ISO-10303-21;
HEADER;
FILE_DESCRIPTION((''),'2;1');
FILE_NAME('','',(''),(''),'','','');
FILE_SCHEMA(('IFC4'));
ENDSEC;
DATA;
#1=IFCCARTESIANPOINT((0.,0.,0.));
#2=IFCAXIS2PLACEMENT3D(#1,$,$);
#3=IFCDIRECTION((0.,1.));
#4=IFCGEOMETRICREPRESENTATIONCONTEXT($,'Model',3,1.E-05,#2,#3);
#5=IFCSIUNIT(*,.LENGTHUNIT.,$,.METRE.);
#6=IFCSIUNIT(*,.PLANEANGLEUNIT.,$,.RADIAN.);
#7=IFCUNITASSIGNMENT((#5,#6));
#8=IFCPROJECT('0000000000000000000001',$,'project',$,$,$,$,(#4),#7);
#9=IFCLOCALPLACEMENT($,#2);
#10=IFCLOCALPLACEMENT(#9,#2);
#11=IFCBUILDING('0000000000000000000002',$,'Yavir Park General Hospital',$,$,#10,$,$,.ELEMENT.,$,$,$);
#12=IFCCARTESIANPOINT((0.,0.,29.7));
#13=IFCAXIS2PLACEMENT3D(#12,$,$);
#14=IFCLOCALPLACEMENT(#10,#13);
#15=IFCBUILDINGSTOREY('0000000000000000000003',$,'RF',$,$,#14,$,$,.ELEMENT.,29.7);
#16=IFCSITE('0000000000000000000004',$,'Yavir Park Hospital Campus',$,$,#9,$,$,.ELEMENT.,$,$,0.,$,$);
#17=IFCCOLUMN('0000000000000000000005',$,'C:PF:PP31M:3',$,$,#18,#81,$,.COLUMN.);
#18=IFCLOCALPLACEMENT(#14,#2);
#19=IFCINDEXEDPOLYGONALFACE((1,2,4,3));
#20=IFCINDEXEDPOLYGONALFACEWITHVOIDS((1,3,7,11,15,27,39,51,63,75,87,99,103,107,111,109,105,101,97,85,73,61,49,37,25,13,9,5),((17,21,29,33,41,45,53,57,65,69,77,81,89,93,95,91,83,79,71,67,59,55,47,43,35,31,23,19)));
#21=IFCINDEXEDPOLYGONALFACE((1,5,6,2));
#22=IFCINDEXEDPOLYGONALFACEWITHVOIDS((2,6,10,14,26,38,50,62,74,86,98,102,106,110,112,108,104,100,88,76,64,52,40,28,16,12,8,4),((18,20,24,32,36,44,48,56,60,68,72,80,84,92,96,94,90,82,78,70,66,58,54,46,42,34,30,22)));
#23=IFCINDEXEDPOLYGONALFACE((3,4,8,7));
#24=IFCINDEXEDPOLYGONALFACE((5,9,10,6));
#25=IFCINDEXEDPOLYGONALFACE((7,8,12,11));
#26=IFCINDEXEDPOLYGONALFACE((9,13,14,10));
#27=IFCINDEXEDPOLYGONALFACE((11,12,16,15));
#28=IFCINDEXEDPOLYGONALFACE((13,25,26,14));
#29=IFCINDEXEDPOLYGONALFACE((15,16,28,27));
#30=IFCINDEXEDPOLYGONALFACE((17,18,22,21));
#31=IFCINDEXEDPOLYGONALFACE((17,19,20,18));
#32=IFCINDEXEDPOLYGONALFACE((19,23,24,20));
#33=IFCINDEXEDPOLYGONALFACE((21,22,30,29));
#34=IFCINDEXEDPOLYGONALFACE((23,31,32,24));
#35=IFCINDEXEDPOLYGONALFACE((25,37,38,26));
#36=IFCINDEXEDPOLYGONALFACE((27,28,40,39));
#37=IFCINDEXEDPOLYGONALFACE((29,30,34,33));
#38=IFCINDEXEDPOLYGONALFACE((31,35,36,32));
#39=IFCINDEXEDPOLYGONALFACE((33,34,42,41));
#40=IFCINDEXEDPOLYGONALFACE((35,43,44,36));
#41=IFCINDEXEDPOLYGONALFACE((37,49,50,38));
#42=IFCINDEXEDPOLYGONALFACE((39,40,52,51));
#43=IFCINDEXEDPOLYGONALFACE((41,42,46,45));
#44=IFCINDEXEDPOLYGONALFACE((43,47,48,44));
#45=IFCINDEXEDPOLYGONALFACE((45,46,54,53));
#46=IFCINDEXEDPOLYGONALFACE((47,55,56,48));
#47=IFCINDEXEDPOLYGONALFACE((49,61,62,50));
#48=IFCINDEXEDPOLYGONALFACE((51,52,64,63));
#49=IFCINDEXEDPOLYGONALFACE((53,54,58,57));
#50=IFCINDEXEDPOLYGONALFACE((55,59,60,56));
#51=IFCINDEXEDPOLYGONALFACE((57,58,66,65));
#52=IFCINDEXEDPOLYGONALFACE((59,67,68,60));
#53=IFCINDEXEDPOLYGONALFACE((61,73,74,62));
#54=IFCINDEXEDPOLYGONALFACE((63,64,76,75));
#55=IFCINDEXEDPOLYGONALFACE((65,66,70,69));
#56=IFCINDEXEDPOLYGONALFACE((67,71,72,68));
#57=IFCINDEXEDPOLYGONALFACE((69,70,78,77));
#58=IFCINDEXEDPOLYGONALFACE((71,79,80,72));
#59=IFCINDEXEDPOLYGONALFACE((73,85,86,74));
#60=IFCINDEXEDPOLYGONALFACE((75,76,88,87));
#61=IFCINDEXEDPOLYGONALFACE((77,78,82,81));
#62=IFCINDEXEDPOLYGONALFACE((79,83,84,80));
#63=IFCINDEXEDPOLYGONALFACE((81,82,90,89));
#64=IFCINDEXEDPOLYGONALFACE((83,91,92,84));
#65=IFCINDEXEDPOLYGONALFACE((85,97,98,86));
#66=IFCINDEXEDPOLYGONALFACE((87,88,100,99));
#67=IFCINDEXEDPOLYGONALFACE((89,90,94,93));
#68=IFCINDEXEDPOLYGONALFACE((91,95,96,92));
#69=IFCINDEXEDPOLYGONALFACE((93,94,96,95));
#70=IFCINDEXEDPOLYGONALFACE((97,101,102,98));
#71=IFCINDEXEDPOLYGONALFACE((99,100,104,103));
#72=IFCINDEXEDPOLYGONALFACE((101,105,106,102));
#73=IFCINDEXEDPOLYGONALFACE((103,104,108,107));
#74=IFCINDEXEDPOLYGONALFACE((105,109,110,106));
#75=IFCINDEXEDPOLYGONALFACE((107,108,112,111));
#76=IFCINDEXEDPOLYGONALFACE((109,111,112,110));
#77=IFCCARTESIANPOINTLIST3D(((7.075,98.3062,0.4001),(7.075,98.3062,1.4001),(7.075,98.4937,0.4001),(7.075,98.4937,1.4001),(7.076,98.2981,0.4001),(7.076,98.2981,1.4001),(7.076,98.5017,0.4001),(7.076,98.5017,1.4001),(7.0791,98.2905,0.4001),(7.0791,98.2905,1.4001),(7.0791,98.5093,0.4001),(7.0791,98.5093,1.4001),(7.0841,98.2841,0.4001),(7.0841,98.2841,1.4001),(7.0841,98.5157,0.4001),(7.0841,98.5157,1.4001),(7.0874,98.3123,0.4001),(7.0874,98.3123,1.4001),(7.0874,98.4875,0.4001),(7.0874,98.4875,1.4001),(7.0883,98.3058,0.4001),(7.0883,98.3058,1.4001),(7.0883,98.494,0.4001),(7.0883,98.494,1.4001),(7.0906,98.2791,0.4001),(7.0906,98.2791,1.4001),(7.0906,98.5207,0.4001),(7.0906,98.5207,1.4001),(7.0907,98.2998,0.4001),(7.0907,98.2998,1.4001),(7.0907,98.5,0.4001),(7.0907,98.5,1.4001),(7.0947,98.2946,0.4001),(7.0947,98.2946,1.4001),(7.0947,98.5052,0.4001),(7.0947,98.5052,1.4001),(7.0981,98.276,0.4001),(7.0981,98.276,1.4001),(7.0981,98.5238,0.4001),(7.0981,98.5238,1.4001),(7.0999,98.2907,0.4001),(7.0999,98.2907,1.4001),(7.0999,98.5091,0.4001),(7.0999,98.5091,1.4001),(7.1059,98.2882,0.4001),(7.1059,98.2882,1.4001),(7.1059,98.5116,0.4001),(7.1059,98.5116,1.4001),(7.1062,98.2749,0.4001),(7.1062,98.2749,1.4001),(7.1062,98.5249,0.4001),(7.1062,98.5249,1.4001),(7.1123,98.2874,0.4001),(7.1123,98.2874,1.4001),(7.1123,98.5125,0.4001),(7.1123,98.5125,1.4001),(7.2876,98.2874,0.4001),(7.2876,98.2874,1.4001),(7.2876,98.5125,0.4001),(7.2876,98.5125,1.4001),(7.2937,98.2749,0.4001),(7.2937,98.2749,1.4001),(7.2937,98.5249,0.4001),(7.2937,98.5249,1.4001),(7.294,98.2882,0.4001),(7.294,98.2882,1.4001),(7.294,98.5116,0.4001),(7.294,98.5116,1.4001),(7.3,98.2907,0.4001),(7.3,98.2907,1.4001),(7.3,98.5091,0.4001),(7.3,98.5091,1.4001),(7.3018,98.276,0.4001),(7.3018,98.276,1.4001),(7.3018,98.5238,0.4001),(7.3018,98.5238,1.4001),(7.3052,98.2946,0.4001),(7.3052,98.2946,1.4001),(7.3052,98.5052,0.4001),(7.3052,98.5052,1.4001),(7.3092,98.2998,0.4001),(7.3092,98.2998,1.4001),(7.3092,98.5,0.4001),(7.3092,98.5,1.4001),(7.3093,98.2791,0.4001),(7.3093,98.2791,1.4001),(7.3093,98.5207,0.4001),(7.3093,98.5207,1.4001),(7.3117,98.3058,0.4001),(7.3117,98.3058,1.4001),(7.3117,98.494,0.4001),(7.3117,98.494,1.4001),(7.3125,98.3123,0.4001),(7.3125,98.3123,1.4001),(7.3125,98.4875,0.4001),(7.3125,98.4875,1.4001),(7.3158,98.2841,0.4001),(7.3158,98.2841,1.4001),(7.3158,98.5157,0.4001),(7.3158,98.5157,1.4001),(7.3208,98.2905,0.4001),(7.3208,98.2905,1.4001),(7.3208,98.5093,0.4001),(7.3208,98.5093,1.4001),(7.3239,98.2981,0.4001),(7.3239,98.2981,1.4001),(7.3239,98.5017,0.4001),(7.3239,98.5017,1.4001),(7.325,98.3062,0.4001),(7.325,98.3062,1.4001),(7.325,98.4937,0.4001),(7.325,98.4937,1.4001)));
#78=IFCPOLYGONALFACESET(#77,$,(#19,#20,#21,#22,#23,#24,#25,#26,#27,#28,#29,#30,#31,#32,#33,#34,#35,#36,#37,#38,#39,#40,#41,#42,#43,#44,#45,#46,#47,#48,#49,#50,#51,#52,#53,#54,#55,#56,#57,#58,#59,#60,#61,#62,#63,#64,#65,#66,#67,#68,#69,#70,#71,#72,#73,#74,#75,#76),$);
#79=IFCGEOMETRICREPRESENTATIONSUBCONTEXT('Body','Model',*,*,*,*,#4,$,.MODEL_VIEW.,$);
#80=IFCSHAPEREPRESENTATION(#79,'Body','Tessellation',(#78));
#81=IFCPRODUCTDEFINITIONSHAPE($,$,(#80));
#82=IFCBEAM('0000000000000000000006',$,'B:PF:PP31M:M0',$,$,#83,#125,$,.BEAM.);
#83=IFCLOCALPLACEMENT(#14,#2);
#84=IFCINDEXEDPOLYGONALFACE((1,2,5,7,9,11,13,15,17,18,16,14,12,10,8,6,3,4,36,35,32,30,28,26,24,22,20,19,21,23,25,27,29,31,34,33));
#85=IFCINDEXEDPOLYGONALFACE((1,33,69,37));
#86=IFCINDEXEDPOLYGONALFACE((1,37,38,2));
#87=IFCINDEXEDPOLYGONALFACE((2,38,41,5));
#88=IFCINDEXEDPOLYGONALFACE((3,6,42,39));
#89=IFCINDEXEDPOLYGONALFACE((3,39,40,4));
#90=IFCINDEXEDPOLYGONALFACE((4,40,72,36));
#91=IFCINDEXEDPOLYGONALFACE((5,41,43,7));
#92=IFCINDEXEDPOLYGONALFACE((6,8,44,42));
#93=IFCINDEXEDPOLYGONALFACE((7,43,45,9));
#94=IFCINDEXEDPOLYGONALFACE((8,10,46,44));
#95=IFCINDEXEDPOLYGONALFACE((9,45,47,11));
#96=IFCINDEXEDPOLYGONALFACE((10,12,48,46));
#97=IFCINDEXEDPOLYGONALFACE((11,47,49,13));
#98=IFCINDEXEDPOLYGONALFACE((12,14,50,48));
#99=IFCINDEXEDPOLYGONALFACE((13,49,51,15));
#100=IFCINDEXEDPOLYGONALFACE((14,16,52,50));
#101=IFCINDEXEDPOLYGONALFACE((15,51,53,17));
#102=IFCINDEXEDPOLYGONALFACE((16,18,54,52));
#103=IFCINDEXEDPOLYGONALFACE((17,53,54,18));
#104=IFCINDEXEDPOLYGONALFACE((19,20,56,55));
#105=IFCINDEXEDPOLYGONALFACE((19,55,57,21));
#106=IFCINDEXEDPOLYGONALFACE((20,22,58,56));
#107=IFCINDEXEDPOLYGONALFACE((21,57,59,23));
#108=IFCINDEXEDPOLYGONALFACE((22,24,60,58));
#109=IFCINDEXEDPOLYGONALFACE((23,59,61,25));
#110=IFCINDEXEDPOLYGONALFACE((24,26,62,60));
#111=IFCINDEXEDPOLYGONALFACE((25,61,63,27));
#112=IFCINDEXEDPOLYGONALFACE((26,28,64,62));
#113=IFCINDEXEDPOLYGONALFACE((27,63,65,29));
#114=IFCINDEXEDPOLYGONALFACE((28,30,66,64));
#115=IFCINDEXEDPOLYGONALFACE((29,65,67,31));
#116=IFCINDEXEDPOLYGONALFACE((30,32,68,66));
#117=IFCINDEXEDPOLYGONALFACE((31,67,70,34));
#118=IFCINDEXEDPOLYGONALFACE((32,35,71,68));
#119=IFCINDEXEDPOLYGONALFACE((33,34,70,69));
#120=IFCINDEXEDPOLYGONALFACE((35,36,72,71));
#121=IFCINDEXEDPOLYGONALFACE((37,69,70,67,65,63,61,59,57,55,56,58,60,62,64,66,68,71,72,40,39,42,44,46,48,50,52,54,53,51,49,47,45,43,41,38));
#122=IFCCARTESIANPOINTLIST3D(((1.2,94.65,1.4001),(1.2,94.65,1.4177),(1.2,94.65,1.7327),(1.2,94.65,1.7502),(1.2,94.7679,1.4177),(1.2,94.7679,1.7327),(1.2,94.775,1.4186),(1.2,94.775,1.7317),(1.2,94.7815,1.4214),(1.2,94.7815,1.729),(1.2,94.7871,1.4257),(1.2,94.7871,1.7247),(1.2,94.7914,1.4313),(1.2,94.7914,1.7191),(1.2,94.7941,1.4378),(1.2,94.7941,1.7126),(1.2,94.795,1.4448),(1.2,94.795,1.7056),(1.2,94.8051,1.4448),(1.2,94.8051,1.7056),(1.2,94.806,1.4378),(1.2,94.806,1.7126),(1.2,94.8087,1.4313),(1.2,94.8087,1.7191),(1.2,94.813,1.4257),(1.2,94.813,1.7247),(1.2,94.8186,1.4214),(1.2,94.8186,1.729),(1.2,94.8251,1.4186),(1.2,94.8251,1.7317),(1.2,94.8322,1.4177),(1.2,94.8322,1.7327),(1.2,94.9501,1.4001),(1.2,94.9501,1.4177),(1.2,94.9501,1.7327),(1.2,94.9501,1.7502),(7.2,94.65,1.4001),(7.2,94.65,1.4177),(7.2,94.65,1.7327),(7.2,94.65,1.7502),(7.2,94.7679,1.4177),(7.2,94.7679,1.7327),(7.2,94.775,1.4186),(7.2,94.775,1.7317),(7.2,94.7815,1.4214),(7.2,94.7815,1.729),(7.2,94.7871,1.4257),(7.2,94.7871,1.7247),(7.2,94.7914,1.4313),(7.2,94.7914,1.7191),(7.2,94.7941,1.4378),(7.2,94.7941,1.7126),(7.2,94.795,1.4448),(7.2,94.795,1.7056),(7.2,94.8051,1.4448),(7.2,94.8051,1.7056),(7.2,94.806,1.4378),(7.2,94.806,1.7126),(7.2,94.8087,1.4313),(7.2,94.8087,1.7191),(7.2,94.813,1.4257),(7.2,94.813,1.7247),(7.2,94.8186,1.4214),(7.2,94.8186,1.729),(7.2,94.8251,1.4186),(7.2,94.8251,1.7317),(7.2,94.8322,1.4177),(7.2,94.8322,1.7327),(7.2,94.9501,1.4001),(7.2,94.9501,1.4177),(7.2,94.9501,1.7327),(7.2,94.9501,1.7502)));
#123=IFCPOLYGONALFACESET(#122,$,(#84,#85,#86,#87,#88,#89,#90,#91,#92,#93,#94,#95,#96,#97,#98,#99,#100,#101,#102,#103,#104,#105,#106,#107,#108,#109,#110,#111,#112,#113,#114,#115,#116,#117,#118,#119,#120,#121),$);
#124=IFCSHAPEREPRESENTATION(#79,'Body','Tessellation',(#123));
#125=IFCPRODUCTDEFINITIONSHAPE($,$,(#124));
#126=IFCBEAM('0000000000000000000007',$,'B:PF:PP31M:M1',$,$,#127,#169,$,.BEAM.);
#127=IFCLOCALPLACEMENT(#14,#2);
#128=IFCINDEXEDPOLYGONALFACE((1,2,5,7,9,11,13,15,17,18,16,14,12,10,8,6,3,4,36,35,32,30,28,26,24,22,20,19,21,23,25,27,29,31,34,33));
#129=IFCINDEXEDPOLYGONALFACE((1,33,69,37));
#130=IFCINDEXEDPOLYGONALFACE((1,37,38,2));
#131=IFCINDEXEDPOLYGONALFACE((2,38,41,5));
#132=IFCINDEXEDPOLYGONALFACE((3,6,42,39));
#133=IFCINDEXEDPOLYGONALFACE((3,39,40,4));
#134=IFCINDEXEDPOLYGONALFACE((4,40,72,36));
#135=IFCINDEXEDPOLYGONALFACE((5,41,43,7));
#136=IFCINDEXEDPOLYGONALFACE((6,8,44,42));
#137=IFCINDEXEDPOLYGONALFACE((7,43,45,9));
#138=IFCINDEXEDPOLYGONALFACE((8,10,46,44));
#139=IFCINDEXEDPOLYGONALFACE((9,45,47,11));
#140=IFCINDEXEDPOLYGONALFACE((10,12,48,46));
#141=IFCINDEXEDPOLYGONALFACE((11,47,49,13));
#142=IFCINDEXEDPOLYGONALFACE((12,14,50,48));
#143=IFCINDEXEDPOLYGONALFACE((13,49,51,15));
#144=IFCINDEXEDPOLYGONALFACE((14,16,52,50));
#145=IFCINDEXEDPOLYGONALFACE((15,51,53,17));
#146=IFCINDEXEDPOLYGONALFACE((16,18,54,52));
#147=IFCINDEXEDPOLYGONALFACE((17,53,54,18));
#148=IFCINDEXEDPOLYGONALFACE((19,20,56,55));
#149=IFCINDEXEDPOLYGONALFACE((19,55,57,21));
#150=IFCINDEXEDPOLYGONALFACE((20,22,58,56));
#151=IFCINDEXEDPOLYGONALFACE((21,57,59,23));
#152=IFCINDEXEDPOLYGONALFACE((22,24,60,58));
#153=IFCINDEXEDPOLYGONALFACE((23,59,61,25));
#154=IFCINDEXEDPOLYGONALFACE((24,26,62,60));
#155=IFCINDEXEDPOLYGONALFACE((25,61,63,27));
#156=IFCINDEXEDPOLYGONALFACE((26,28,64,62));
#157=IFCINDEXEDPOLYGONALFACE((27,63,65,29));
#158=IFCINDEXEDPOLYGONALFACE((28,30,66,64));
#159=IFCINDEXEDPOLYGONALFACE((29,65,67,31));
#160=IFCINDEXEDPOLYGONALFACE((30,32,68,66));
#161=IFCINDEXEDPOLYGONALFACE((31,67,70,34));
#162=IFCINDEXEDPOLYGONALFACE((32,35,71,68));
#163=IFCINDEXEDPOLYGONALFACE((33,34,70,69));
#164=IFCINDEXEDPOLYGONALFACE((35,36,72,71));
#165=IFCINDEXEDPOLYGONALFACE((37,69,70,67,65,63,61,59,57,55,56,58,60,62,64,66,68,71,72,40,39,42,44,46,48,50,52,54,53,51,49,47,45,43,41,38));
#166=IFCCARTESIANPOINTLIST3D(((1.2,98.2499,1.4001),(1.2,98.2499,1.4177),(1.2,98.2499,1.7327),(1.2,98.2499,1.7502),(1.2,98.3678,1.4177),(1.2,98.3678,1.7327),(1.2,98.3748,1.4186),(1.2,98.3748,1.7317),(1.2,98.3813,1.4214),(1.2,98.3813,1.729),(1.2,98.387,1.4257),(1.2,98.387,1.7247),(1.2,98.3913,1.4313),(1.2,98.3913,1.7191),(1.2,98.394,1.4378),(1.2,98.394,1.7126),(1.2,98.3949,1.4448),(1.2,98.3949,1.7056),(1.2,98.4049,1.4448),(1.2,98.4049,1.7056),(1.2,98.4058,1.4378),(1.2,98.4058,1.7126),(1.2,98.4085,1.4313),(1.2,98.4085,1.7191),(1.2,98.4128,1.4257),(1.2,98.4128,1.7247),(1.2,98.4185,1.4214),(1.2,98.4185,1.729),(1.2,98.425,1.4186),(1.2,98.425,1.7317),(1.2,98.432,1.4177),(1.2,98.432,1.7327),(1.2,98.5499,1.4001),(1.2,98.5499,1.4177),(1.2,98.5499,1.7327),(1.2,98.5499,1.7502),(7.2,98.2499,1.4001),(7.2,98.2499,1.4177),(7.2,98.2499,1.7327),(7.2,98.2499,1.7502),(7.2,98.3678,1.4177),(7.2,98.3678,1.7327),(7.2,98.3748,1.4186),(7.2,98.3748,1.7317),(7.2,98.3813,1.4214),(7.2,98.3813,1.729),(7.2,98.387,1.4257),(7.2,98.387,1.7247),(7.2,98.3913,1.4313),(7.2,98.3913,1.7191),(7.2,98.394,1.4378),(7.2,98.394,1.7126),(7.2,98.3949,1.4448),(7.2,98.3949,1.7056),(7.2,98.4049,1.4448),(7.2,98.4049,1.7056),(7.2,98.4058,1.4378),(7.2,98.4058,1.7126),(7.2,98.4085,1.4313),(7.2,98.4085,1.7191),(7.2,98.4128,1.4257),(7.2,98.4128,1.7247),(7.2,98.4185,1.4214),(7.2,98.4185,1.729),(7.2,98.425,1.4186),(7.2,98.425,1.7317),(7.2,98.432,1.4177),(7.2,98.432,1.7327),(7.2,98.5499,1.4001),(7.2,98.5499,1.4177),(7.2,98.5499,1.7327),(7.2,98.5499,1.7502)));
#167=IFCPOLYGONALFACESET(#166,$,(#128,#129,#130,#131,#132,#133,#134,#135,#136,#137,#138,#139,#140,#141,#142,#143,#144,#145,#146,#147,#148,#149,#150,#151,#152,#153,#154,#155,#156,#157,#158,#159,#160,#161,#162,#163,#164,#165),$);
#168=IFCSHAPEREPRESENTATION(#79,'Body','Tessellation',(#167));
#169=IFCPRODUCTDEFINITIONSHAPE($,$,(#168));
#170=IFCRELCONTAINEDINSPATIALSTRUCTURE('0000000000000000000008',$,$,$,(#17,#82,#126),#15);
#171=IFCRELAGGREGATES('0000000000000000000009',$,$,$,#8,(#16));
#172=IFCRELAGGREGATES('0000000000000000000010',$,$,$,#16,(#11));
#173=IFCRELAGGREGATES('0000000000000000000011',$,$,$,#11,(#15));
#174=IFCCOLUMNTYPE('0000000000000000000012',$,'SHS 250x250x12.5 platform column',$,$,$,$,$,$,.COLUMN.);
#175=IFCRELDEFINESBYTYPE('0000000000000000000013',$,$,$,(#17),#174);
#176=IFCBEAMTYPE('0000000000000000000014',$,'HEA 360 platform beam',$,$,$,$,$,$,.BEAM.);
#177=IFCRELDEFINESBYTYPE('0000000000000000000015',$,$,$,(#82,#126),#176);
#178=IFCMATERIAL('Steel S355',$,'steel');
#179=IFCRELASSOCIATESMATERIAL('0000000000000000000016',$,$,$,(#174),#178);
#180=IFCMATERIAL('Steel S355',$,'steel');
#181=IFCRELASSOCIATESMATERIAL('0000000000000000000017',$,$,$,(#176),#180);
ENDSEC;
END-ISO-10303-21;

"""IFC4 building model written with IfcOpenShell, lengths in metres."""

from ifc_helpers import new_model, si_unit, direction, frame, origin, origin_2d, place, context, subcontext, project, spatial, hollow_rectangle, i_section, extrude, material, material_profile, profile_set, type_object, element, save


model = new_model("IFC4")

# Units and contexts
model_context = context("Model", 3, precision=1e-05, world=origin(), true_north=direction((0.0, 1.0)))
body_context = subcontext(model_context, "Body", "Model", "MODEL_VIEW")
ifc_project = project(units=[si_unit("LENGTHUNIT", "METRE"), si_unit("PLANEANGLEUNIT", "RADIAN")], contexts=[model_context])

# Site, building, storey
site_placement = place(None, origin())
site = spatial("IfcSite", under=ifc_project, at=site_placement, Name="Yavir Park Hospital Campus", CompositionType="ELEMENT", RefElevation=0.0)
building_placement = place(site_placement, origin())
building = spatial("IfcBuilding", under=site, at=building_placement, Name="Yavir Park General Hospital", CompositionType="ELEMENT")
storey_placement = place(building_placement, frame((0.0, 0.0, 29.7)))
storey = spatial("IfcBuildingStorey", under=building, at=storey_placement, Name="RF", CompositionType="ELEMENT", Elevation=29.7)

# Column
ifc_material_1 = material(Name="Steel S355", Category="steel")
ifc_material_profile_1 = material_profile(ifc_material_1, hollow_rectangle(XDim=0.25, YDim=0.25, WallThickness=0.0125, InnerFilletRadius=0.0249, OuterFilletRadius=0.0312, at=origin_2d()), Name="SHS250x250x12.5")
ifc_profile_set_1 = profile_set([ifc_material_profile_1], Name="Steel S355")
column_type_1 = type_object("IfcColumnType", Name="SHS 250x250x12.5 platform column", PredefinedType="COLUMN", material=ifc_profile_set_1)
for number, where, z_axis, x_axis, name in (
    (1, (7.2, 98.3999, 0.4001), (0.0, 0.0, 1.0), (1.0, 0.0, 0.0), "C:PF:PP31M:3"),
):
    element("IfcColumn", number, at=place(storey_placement, frame(where, z_axis=z_axis, x_axis=x_axis)), inside=storey, type_object=column_type_1, Name=name, PredefinedType="COLUMN", context=body_context, shape_type="SweptSolid", body=[
        extrude(hollow_rectangle(XDim=0.25, YDim=0.25, WallThickness=0.0125, InnerFilletRadius=0.0249, OuterFilletRadius=0.0312, at=origin_2d()), origin(), (0.0, 0.0, 1.0), 1.0),
    ])

# Beams
ifc_material_2 = material(Name="Steel S355", Category="steel")
ifc_material_profile_2 = material_profile(ifc_material_2, i_section(OverallWidth=0.3, OverallDepth=0.3501, WebThickness=0.01, FlangeThickness=0.0176, FilletRadius=0.0271, at=origin_2d()), Name="HEA360")
ifc_profile_set_2 = profile_set([ifc_material_profile_2], Name="Steel S355")
beam_type_1 = type_object("IfcBeamType", Name="HEA 360 platform beam", PredefinedType="BEAM", material=ifc_profile_set_2)
for number, where, z_axis, x_axis, name in (
    (2, (1.2, 94.8, 1.5752), (1.0, 0.0, 0.0), (0.0, 1.0, 0.0), "B:PF:PP31M:M0"),
    (3, (1.2, 98.3999, 1.5752), (1.0, 0.0, 0.0), (0.0, 1.0, 0.0), "B:PF:PP31M:M1"),
):
    element("IfcBeam", number, at=place(storey_placement, frame(where, z_axis=z_axis, x_axis=x_axis)), inside=storey, type_object=beam_type_1, Name=name, PredefinedType="BEAM", context=body_context, shape_type="SweptSolid", body=[
        extrude(i_section(OverallWidth=0.3, OverallDepth=0.3501, WebThickness=0.01, FlangeThickness=0.0176, FilletRadius=0.0271, at=origin_2d()), origin(), (0.0, 0.0, 1.0), 6.0),
    ])

save(model, "model.ifc")
